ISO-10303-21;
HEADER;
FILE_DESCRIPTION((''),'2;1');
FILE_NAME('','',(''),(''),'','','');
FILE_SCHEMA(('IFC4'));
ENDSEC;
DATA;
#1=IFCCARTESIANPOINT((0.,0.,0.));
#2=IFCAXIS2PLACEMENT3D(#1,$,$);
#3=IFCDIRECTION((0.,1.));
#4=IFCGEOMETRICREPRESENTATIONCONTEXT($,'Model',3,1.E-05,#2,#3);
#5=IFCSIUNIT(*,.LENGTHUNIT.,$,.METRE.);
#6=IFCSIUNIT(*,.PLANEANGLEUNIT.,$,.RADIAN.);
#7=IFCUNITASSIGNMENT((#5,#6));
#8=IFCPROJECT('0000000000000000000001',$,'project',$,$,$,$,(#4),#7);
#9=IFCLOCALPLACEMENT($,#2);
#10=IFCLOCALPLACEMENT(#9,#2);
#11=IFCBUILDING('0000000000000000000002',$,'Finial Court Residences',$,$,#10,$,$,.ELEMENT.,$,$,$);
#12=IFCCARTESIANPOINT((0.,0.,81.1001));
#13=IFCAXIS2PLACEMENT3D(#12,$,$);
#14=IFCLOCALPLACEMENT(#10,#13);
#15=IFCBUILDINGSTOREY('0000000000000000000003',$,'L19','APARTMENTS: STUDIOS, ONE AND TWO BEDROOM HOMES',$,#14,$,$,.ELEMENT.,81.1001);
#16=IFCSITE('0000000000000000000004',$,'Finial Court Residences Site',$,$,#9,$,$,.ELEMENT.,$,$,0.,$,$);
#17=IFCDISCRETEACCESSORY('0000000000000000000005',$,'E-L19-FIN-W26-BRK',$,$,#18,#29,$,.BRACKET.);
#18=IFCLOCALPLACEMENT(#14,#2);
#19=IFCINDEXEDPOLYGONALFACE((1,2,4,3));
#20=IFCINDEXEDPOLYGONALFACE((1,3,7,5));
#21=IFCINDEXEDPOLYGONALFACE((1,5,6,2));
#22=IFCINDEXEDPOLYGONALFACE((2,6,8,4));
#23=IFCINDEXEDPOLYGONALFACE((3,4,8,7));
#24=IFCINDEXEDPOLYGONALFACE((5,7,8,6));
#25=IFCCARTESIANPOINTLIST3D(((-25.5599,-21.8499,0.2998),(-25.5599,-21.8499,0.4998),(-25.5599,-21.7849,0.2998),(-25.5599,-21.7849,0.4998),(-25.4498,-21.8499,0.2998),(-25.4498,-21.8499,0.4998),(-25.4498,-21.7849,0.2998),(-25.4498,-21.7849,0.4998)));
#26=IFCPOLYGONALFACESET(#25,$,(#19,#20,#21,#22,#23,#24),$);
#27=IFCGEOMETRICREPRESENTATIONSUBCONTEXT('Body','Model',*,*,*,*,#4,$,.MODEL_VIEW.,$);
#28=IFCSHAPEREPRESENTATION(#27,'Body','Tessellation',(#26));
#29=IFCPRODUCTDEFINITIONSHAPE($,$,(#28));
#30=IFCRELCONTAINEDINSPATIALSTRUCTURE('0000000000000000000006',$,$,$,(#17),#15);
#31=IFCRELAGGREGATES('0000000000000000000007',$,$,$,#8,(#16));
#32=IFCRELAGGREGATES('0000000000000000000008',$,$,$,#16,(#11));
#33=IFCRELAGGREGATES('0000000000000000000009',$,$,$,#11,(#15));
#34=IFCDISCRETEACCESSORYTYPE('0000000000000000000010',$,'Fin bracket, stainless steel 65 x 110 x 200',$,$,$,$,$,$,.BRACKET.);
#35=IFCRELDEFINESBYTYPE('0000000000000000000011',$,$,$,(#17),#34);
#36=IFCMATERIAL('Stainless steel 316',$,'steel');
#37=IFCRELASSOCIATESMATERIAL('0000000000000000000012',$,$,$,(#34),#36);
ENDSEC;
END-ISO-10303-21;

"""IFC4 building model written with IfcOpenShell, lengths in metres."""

from ifc_helpers import new_model, si_unit, direction, frame, origin, origin_2d, place, context, subcontext, project, spatial, rectangle, extrude, material, type_object, element, save


model = new_model("IFC4")

# Units and contexts
model_context = context("Model", 3, precision=1e-05, world=origin(), true_north=direction((0.0, 1.0)))
body_context = subcontext(model_context, "Body", "Model", "MODEL_VIEW")
ifc_project = project(units=[si_unit("LENGTHUNIT", "METRE"), si_unit("PLANEANGLEUNIT", "RADIAN")], contexts=[model_context])

# Site, building, storey
site_placement = place(None, origin())
site = spatial("IfcSite", under=ifc_project, at=site_placement, Name="Finial Court Residences Site", CompositionType="ELEMENT", RefElevation=0.0)
building_placement = place(site_placement, origin())
building = spatial("IfcBuilding", under=site, at=building_placement, Name="Finial Court Residences", CompositionType="ELEMENT")
storey_placement = place(building_placement, frame((0.0, 0.0, 81.1001)))
storey = spatial("IfcBuildingStorey", under=building, at=storey_placement, Name="L19", Description="APARTMENTS: STUDIOS, ONE AND TWO BEDROOM HOMES", CompositionType="ELEMENT", Elevation=81.1001)

# Discrete accessory
ifc_material_1 = material(Name="Stainless steel 316", Category="steel")
discrete_accessory_type = type_object("IfcDiscreteAccessoryType", Name="Fin bracket, stainless steel 65 x 110 x 200", PredefinedType="BRACKET", material=ifc_material_1)
discrete_accessory_placement = place(storey_placement, frame((-25.5049, -21.8174, 0.2998), z_axis=(0.0, 0.0, 1.0), x_axis=(1.0, 0.0, 0.0)))
element("IfcDiscreteAccessory", 1, at=discrete_accessory_placement, inside=storey, type_object=discrete_accessory_type, Name="E-L19-FIN-W26-BRK", PredefinedType="BRACKET", context=body_context, shape_type="SweptSolid", body=[
    extrude(rectangle(XDim=0.1101, YDim=0.0649, at=origin_2d()), origin(), (0.0, 0.0, 1.0), 0.2),
])

save(model, "model.ifc")
